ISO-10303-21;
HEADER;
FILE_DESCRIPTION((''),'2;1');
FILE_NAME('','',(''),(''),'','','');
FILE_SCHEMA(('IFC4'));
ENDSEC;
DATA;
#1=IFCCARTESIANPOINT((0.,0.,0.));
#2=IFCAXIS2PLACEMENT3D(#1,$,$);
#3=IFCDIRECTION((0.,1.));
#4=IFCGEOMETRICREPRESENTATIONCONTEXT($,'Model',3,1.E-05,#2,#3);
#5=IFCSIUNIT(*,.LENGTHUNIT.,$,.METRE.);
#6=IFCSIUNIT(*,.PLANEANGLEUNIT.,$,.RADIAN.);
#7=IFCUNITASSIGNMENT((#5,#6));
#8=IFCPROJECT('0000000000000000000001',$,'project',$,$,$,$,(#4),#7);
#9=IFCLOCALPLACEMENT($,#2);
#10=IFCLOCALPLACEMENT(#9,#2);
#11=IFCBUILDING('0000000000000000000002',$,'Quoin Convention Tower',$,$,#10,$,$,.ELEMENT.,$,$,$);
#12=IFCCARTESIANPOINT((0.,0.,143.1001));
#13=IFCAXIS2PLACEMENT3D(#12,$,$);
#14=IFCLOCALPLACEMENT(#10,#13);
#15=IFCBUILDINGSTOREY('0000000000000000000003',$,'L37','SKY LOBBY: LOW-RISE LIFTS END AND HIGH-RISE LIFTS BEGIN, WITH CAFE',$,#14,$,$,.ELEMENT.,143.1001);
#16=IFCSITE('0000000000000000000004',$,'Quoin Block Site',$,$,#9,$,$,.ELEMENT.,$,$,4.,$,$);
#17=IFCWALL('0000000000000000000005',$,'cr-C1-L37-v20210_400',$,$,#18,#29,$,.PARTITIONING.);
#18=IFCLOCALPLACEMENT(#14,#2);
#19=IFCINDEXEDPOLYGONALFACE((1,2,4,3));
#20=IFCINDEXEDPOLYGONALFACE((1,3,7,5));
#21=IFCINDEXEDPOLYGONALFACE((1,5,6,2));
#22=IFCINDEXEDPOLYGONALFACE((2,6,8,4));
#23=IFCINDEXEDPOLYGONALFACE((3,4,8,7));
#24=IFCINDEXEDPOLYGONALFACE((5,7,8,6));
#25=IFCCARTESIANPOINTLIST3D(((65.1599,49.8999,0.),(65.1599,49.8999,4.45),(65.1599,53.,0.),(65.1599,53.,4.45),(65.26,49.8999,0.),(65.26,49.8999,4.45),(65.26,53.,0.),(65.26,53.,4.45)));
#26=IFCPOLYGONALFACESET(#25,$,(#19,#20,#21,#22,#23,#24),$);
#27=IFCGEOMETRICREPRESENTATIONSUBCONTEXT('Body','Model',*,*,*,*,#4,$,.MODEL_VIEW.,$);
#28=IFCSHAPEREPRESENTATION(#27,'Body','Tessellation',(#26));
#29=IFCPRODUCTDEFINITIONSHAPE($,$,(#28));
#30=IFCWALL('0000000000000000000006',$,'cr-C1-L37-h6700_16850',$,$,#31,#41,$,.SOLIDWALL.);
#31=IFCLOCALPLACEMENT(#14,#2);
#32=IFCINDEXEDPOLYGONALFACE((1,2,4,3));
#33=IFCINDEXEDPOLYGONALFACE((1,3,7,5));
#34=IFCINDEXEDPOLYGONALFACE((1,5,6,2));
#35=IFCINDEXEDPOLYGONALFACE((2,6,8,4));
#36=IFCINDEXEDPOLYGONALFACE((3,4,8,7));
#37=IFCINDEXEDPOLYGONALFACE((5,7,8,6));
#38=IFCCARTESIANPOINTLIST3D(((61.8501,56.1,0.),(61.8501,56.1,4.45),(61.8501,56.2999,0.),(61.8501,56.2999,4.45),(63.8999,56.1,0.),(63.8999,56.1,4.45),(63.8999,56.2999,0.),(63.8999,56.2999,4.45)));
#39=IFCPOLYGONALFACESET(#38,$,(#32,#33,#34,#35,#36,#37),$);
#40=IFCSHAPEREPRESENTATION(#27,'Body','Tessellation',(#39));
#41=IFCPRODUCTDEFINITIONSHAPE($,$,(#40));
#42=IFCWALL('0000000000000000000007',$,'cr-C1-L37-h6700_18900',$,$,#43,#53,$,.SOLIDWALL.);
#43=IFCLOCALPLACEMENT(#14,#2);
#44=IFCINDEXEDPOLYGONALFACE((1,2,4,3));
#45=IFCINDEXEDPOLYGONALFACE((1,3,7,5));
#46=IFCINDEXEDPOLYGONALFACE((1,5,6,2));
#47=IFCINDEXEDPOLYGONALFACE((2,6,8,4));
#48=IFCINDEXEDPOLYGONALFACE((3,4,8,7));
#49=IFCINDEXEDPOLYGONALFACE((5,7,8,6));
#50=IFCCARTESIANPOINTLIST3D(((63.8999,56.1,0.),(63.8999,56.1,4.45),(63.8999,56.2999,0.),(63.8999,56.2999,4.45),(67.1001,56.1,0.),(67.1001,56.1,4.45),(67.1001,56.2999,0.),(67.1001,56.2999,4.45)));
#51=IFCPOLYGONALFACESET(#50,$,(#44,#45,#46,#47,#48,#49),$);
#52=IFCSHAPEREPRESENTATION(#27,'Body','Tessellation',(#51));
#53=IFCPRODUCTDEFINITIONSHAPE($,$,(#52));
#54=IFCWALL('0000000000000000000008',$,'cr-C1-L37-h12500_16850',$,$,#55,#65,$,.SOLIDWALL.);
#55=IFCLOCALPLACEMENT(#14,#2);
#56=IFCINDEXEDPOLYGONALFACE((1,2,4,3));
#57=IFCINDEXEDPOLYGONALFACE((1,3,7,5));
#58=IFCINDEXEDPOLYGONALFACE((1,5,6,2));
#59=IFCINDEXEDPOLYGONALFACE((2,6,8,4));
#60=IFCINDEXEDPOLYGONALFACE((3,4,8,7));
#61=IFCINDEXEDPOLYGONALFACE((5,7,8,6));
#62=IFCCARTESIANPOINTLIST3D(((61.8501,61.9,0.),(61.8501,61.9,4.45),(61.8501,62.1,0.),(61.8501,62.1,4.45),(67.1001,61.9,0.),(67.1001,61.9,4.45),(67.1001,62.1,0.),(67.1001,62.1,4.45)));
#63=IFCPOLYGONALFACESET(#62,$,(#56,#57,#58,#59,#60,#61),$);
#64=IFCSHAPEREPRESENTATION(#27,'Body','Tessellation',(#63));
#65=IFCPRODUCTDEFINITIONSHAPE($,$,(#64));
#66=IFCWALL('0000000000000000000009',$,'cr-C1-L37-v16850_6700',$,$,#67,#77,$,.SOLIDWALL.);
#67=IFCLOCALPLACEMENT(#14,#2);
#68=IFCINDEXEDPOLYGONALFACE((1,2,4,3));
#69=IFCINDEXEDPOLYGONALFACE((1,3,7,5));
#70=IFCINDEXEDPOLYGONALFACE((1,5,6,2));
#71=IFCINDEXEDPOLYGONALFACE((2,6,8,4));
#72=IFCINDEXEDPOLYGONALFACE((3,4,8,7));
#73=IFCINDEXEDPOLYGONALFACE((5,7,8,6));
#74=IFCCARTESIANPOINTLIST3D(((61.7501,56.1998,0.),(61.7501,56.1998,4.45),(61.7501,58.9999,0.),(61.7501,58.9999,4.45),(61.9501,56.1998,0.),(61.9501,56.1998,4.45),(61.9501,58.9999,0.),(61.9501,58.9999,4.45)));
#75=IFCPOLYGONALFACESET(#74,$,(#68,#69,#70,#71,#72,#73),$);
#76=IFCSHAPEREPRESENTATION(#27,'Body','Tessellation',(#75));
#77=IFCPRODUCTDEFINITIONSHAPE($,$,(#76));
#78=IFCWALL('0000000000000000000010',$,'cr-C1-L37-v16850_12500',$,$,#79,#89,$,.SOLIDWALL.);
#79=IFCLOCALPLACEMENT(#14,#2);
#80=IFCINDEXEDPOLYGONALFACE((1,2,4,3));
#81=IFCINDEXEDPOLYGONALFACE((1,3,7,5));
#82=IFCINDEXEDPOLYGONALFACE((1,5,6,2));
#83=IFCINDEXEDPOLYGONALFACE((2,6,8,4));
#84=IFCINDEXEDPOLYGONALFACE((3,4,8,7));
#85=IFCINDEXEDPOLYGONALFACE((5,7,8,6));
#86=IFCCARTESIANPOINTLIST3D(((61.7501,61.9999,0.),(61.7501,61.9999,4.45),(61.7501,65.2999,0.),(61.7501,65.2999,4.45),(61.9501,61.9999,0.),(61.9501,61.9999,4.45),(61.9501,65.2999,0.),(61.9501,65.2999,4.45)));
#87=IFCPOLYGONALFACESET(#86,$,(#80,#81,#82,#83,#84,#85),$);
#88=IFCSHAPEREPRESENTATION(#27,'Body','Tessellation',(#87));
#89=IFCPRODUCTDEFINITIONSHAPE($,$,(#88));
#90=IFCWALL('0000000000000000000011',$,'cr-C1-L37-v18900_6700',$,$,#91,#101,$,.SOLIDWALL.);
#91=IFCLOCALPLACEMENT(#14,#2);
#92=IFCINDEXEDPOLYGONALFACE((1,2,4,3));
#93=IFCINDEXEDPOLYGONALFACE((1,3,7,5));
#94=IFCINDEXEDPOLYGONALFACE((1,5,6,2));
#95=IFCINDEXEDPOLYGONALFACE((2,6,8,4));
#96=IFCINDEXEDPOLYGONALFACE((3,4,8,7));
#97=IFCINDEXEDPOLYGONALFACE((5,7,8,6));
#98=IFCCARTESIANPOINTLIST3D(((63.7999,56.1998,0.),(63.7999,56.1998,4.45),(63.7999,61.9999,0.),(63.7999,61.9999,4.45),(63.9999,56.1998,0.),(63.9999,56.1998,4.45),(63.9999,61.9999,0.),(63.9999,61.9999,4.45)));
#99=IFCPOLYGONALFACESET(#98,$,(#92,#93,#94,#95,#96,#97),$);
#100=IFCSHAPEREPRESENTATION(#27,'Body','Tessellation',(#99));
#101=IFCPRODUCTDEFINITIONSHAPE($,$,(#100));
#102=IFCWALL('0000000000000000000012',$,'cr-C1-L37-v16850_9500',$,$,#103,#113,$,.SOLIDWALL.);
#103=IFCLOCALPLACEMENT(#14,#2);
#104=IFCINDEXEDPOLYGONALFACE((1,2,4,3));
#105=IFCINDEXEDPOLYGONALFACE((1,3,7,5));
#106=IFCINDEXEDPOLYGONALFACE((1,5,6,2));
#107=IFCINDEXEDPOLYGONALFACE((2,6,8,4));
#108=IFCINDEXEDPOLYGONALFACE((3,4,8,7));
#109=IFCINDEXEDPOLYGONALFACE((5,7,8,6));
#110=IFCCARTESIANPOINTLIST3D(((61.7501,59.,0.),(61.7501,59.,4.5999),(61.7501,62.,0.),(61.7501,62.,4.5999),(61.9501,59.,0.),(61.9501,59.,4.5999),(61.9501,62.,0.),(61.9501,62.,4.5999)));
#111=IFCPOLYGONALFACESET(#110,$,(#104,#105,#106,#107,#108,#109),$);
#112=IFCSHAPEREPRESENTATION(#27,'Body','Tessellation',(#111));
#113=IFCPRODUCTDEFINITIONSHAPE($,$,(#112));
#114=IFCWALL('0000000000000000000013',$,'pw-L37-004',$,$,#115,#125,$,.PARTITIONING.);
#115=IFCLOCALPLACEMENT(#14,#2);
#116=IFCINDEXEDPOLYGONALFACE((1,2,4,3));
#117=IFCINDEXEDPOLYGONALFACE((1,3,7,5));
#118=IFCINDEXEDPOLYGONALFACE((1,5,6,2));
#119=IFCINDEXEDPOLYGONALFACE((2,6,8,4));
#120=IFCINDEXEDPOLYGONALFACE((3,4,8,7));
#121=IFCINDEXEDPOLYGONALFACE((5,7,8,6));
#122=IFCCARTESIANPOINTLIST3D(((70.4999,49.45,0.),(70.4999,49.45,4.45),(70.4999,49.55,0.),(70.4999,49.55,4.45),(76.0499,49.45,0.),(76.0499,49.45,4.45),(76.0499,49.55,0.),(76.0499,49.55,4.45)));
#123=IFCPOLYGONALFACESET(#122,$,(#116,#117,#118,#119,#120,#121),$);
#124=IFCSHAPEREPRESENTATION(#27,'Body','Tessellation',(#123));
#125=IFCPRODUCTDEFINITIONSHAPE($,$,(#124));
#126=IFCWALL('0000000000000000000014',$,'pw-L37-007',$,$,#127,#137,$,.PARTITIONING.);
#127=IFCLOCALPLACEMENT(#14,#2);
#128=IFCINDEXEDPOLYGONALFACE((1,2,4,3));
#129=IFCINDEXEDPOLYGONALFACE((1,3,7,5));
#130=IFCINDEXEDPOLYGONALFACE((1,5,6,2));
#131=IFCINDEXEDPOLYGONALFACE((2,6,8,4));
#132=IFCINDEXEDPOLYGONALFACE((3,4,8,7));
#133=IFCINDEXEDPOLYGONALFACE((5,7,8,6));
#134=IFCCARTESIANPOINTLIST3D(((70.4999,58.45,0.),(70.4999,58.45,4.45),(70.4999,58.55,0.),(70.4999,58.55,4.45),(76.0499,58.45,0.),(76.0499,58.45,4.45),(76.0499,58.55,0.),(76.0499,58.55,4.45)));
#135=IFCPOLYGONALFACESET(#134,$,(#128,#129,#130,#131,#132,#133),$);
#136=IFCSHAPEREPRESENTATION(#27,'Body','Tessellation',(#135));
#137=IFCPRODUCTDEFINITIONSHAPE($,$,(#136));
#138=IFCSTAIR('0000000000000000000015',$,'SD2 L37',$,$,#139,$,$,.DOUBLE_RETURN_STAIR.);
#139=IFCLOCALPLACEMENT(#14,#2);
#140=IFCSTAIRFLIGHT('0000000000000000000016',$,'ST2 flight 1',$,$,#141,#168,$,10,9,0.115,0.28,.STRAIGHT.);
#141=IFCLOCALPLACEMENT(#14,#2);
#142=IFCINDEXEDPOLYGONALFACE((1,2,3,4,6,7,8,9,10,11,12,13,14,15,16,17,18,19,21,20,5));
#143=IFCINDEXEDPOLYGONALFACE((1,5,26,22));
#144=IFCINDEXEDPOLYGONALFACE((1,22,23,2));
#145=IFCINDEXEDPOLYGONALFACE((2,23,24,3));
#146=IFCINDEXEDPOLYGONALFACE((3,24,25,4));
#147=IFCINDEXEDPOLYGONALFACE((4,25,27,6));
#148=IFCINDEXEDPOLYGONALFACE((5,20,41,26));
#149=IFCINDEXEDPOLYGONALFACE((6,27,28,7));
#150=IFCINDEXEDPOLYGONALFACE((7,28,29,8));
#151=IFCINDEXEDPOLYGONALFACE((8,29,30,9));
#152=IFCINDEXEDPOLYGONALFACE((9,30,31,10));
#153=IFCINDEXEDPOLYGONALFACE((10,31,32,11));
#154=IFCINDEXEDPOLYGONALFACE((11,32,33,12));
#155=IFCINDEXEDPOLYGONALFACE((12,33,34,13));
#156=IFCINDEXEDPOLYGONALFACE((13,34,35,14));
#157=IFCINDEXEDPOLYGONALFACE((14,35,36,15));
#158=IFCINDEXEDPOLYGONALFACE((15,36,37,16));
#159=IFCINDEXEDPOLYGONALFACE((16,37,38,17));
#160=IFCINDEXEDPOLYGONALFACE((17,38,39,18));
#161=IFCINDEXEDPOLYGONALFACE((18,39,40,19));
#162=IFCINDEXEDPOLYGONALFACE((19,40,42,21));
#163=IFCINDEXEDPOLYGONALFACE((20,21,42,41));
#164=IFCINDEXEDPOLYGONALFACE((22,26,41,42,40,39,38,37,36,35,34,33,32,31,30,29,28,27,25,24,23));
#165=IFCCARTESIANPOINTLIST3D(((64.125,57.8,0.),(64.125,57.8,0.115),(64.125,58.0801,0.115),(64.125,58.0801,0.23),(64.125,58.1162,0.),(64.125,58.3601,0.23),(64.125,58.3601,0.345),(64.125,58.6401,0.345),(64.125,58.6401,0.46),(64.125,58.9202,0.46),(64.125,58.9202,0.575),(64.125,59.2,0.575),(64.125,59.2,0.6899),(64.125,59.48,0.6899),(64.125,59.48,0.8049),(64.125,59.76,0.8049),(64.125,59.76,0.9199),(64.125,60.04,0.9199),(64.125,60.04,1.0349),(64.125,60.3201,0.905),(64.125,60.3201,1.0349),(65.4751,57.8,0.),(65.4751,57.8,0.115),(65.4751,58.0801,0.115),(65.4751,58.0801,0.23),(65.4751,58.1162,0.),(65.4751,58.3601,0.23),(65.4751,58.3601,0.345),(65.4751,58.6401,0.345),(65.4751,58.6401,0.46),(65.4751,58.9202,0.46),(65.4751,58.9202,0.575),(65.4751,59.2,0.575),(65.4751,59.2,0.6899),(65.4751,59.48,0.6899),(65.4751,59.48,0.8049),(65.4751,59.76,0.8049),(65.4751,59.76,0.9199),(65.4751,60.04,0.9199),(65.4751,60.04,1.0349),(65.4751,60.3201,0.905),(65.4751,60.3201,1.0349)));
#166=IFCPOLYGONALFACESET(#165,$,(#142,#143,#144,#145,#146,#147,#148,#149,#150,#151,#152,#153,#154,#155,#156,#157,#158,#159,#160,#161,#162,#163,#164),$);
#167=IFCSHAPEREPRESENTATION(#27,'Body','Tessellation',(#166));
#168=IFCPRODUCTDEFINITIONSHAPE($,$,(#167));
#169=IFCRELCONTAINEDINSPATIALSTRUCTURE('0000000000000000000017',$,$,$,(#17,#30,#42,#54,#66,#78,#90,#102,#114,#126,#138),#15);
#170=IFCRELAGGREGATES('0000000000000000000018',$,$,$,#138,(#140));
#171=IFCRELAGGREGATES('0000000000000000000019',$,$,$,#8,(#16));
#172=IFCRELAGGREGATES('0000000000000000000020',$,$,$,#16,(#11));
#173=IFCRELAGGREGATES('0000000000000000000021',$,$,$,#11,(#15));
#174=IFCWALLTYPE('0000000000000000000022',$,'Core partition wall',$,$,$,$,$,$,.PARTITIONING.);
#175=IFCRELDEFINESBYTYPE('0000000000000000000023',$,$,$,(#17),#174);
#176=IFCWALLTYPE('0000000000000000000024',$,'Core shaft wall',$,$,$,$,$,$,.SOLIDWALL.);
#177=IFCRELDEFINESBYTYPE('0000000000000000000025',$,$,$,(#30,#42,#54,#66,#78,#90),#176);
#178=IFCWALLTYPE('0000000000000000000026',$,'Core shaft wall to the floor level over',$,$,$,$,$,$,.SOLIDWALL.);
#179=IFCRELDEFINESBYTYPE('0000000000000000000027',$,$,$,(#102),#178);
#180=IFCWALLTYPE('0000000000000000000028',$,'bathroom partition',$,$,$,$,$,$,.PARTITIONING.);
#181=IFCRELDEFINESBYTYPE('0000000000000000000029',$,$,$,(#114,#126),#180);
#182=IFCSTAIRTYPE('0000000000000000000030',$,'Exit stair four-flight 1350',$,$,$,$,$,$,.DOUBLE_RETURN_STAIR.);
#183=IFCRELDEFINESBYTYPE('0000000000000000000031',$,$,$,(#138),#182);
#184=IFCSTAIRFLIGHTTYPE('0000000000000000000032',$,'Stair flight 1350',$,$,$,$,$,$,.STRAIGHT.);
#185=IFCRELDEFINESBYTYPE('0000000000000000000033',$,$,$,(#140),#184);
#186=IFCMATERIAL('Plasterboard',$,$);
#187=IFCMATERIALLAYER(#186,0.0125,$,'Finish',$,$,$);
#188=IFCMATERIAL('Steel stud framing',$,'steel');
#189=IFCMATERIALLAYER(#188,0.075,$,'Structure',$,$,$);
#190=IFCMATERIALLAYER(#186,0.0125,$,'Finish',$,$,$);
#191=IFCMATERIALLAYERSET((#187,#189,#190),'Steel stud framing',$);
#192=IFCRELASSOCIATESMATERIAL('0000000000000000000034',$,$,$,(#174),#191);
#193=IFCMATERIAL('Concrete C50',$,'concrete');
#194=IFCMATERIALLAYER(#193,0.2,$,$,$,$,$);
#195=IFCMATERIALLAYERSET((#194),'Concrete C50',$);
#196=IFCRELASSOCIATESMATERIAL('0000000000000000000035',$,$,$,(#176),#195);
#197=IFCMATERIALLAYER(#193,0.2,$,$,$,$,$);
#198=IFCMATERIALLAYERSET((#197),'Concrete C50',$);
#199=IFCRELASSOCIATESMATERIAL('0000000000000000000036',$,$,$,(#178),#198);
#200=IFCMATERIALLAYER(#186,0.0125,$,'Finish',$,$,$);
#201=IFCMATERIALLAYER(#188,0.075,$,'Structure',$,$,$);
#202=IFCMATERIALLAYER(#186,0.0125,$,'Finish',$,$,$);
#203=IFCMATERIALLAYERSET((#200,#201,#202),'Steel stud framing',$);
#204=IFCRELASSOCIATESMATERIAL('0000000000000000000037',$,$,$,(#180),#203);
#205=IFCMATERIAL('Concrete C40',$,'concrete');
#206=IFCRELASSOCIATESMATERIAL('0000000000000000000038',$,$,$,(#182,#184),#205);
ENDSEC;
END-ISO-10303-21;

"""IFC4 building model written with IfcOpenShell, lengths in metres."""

from ifc_helpers import new_model, si_unit, direction, frame, frame_2d, origin, place, context, subcontext, project, spatial, polyline, rectangle, outline, extrude, material, layer, layer_set, type_object, element, aggregate, save


model = new_model("IFC4")

# Units and contexts
model_context = context("Model", 3, precision=1e-05, world=origin(), true_north=direction((0.0, 1.0)))
body_context = subcontext(model_context, "Body", "Model", "MODEL_VIEW")
ifc_project = project(units=[si_unit("LENGTHUNIT", "METRE"), si_unit("PLANEANGLEUNIT", "RADIAN")], contexts=[model_context])

# Site, building, storey
site_placement = place(None, origin())
site = spatial("IfcSite", under=ifc_project, at=site_placement, Name="Quoin Block Site", CompositionType="ELEMENT", RefElevation=4.0)
building_placement = place(site_placement, origin())
building = spatial("IfcBuilding", under=site, at=building_placement, Name="Quoin Convention Tower", CompositionType="ELEMENT")
storey_placement = place(building_placement, frame((0.0, 0.0, 143.1001)))
storey = spatial("IfcBuildingStorey", under=building, at=storey_placement, Name="L37", Description="SKY LOBBY: LOW-RISE LIFTS END AND HIGH-RISE LIFTS BEGIN, WITH CAFE", CompositionType="ELEMENT", Elevation=143.1001)

# Shared definitions
ifc_material_1 = material(Name="Concrete C50", Category="concrete")

# Shared definitions
ifc_material_2 = material(Name="Plasterboard")
ifc_layer_1 = layer(ifc_material_2, 0.0125, Name="Finish")
ifc_material_3 = material(Name="Steel stud framing", Category="steel")
ifc_layer_2 = layer(ifc_material_3, 0.075, Name="Structure")
ifc_layer_3 = layer(ifc_material_2, 0.0125, Name="Finish")
ifc_layer_set_1 = layer_set([ifc_layer_1, ifc_layer_2, ifc_layer_3], Name="Steel stud framing")
wall_type_1 = type_object("IfcWallType", Name="Core partition wall", PredefinedType="PARTITIONING", material=ifc_layer_set_1)

# Walls
wall_1_placement = place(storey_placement, frame((65.21, 49.8999, 0.0), z_axis=(0.0, 0.0, 1.0), x_axis=(0.0, 1.0, 0.0)))
element("IfcWall", 1, at=wall_1_placement, inside=storey, type_object=wall_type_1, Name="cr-C1-L37-v20210_400", PredefinedType="PARTITIONING", context=body_context, shape_type="SweptSolid", body=[
    extrude(rectangle(XDim=3.1001, YDim=0.1001, at=frame_2d((1.55, 0.0))), origin(), (0.0, 0.0, 1.0), 4.45),
])
ifc_layer_4 = layer(ifc_material_1, 0.2)
ifc_layer_set_2 = layer_set([ifc_layer_4], Name="Concrete C50")
wall_type_2 = type_object("IfcWallType", Name="Core shaft wall", PredefinedType="SOLIDWALL", material=ifc_layer_set_2)
wall_2_placement = place(storey_placement, frame((61.8501, 56.2, 0.0), z_axis=(0.0, 0.0, 1.0), x_axis=(1.0, 0.0, 0.0)))
element("IfcWall", 2, at=wall_2_placement, inside=storey, type_object=wall_type_2, Name="cr-C1-L37-h6700_16850", PredefinedType="SOLIDWALL", context=body_context, shape_type="SweptSolid", body=[
    extrude(rectangle(XDim=2.0498, YDim=0.2, at=frame_2d((1.0249, 0.0))), origin(), (0.0, 0.0, 1.0), 4.45),
])
wall_3_placement = place(storey_placement, frame((63.8999, 56.2, 0.0), z_axis=(0.0, 0.0, 1.0), x_axis=(1.0, 0.0, 0.0)))
element("IfcWall", 3, at=wall_3_placement, inside=storey, type_object=wall_type_2, Name="cr-C1-L37-h6700_18900", PredefinedType="SOLIDWALL", context=body_context, shape_type="SweptSolid", body=[
    extrude(rectangle(XDim=3.2002, YDim=0.2, at=frame_2d((1.6001, 0.0))), origin(), (0.0, 0.0, 1.0), 4.45),
])
wall_4_placement = place(storey_placement, frame((61.8501, 62.0, 0.0), z_axis=(0.0, 0.0, 1.0), x_axis=(1.0, 0.0, 0.0)))
element("IfcWall", 4, at=wall_4_placement, inside=storey, type_object=wall_type_2, Name="cr-C1-L37-h12500_16850", PredefinedType="SOLIDWALL", context=body_context, shape_type="SweptSolid", body=[
    extrude(rectangle(XDim=5.25, YDim=0.2, at=frame_2d((2.625, 0.0))), origin(), (0.0, 0.0, 1.0), 4.45),
])
wall_5_placement = place(storey_placement, frame((61.8501, 56.2, 0.0), z_axis=(0.0, 0.0, 1.0), x_axis=(0.0, 1.0, 0.0)))
element("IfcWall", 5, at=wall_5_placement, inside=storey, type_object=wall_type_2, Name="cr-C1-L37-v16850_6700", PredefinedType="SOLIDWALL", context=body_context, shape_type="SweptSolid", body=[
    extrude(rectangle(XDim=2.8, YDim=0.2, at=frame_2d((1.3999, 0.0))), origin(), (0.0, 0.0, 1.0), 4.45),
])
wall_6_placement = place(storey_placement, frame((61.8501, 62.0, 0.0), z_axis=(0.0, 0.0, 1.0), x_axis=(0.0, 1.0, 0.0)))
element("IfcWall", 6, at=wall_6_placement, inside=storey, type_object=wall_type_2, Name="cr-C1-L37-v16850_12500", PredefinedType="SOLIDWALL", context=body_context, shape_type="SweptSolid", body=[
    extrude(rectangle(XDim=3.3, YDim=0.2, at=frame_2d((1.6499, 0.0))), origin(), (0.0, 0.0, 1.0), 4.45),
])
wall_7_placement = place(storey_placement, frame((63.8999, 56.2, 0.0), z_axis=(0.0, 0.0, 1.0), x_axis=(0.0, 1.0, 0.0)))
element("IfcWall", 7, at=wall_7_placement, inside=storey, type_object=wall_type_2, Name="cr-C1-L37-v18900_6700", PredefinedType="SOLIDWALL", context=body_context, shape_type="SweptSolid", body=[
    extrude(rectangle(XDim=5.8, YDim=0.2, at=frame_2d((2.8999, 0.0))), origin(), (0.0, 0.0, 1.0), 4.45),
])
ifc_layer_5 = layer(ifc_material_1, 0.2)
ifc_layer_set_3 = layer_set([ifc_layer_5], Name="Concrete C50")
wall_type_3 = type_object("IfcWallType", Name="Core shaft wall to the floor level over", PredefinedType="SOLIDWALL", material=ifc_layer_set_3)
wall_8_placement = place(storey_placement, frame((61.8501, 59.0, 0.0), z_axis=(0.0, 0.0, 1.0), x_axis=(0.0, 1.0, 0.0)))
element("IfcWall", 8, at=wall_8_placement, inside=storey, type_object=wall_type_3, Name="cr-C1-L37-v16850_9500", PredefinedType="SOLIDWALL", context=body_context, shape_type="SweptSolid", body=[
    extrude(rectangle(XDim=3.0, YDim=0.2, at=frame_2d((1.5, 0.0))), origin(), (0.0, 0.0, 1.0), 4.5999),
])
ifc_layer_6 = layer(ifc_material_2, 0.0125, Name="Finish")
ifc_layer_7 = layer(ifc_material_3, 0.075, Name="Structure")
ifc_layer_8 = layer(ifc_material_2, 0.0125, Name="Finish")
ifc_layer_set_4 = layer_set([ifc_layer_6, ifc_layer_7, ifc_layer_8], Name="Steel stud framing")
wall_type_4 = type_object("IfcWallType", Name="bathroom partition", PredefinedType="PARTITIONING", material=ifc_layer_set_4)
for number, where, z_axis, x_axis, name in (
    (9, (70.5, 49.5, 0.0), (0.0, 0.0, 1.0), (1.0, 0.0, 0.0), "pw-L37-004"),
    (10, (70.5, 58.5, 0.0), (0.0, 0.0, 1.0), (1.0, 0.0, 0.0), "pw-L37-007"),
):
    element("IfcWall", number, at=place(storey_placement, frame(where, z_axis=z_axis, x_axis=x_axis)), inside=storey, type_object=wall_type_4, Name=name, PredefinedType="PARTITIONING", context=body_context, shape_type="SweptSolid", body=[
        extrude(rectangle(XDim=5.55, YDim=0.1001, at=frame_2d((2.7749, 0.0))), origin(), (0.0, 0.0, 1.0), 4.45),
    ])

# Stair, stair flight
ifc_material_4 = material(Name="Concrete C40", Category="concrete")
stair_type = type_object("IfcStairType", Name="Exit stair four-flight 1350", PredefinedType="DOUBLE_RETURN_STAIR", material=ifc_material_4)
stair_placement = place(storey_placement, origin())
stair = element("IfcStair", 11, at=stair_placement, inside=storey, type_object=stair_type, Name="SD2 L37", PredefinedType="DOUBLE_RETURN_STAIR")
stair_flight_type = type_object("IfcStairFlightType", Name="Stair flight 1350", PredefinedType="STRAIGHT", material=ifc_material_4)
stair_flight_1_placement = place(storey_placement, frame((64.8, 57.8, 0.0), z_axis=(0.0, 0.0, 1.0), x_axis=(0.0, 1.0, 0.0)))
stair_flight_1 = element("IfcStairFlight", 12, at=stair_flight_1_placement, type_object=stair_flight_type, Name="ST2 flight 1", NumberOfRisers=10, NumberOfTreads=9, PredefinedType="STRAIGHT", RiserHeight=0.115, TreadLength=0.28, context=body_context, shape_type="SweptSolid", body=[
    extrude(outline(polyline([(0.0, 0.0), (0.0, 0.115), (0.28, 0.115), (0.28, 0.23), (0.5601, 0.23), (0.5601, 0.345), (0.8401, 0.345), (0.8401, 0.46), (1.1201, 0.46), (1.1201, 0.575), (1.3999, 0.575), (1.3999, 0.6899), (1.6799, 0.6899), (1.6799, 0.8049), (1.96, 0.8049), (1.96, 0.9199), (2.24, 0.9199), (2.24, 1.0349), (2.52, 1.0349), (2.52, 1.1499), (2.52, 0.905), (0.3162, 0.0), (0.0, 0.0)])), frame((0.0, 0.675, 0.0), z_axis=(0.0, -1.0, 0.0), x_axis=(1.0, 0.0, 0.0)), (0.0, 0.0, 1.0), 1.3501),
])
aggregate(stair, [stair_flight_1])

save(model, "model.ifc")
